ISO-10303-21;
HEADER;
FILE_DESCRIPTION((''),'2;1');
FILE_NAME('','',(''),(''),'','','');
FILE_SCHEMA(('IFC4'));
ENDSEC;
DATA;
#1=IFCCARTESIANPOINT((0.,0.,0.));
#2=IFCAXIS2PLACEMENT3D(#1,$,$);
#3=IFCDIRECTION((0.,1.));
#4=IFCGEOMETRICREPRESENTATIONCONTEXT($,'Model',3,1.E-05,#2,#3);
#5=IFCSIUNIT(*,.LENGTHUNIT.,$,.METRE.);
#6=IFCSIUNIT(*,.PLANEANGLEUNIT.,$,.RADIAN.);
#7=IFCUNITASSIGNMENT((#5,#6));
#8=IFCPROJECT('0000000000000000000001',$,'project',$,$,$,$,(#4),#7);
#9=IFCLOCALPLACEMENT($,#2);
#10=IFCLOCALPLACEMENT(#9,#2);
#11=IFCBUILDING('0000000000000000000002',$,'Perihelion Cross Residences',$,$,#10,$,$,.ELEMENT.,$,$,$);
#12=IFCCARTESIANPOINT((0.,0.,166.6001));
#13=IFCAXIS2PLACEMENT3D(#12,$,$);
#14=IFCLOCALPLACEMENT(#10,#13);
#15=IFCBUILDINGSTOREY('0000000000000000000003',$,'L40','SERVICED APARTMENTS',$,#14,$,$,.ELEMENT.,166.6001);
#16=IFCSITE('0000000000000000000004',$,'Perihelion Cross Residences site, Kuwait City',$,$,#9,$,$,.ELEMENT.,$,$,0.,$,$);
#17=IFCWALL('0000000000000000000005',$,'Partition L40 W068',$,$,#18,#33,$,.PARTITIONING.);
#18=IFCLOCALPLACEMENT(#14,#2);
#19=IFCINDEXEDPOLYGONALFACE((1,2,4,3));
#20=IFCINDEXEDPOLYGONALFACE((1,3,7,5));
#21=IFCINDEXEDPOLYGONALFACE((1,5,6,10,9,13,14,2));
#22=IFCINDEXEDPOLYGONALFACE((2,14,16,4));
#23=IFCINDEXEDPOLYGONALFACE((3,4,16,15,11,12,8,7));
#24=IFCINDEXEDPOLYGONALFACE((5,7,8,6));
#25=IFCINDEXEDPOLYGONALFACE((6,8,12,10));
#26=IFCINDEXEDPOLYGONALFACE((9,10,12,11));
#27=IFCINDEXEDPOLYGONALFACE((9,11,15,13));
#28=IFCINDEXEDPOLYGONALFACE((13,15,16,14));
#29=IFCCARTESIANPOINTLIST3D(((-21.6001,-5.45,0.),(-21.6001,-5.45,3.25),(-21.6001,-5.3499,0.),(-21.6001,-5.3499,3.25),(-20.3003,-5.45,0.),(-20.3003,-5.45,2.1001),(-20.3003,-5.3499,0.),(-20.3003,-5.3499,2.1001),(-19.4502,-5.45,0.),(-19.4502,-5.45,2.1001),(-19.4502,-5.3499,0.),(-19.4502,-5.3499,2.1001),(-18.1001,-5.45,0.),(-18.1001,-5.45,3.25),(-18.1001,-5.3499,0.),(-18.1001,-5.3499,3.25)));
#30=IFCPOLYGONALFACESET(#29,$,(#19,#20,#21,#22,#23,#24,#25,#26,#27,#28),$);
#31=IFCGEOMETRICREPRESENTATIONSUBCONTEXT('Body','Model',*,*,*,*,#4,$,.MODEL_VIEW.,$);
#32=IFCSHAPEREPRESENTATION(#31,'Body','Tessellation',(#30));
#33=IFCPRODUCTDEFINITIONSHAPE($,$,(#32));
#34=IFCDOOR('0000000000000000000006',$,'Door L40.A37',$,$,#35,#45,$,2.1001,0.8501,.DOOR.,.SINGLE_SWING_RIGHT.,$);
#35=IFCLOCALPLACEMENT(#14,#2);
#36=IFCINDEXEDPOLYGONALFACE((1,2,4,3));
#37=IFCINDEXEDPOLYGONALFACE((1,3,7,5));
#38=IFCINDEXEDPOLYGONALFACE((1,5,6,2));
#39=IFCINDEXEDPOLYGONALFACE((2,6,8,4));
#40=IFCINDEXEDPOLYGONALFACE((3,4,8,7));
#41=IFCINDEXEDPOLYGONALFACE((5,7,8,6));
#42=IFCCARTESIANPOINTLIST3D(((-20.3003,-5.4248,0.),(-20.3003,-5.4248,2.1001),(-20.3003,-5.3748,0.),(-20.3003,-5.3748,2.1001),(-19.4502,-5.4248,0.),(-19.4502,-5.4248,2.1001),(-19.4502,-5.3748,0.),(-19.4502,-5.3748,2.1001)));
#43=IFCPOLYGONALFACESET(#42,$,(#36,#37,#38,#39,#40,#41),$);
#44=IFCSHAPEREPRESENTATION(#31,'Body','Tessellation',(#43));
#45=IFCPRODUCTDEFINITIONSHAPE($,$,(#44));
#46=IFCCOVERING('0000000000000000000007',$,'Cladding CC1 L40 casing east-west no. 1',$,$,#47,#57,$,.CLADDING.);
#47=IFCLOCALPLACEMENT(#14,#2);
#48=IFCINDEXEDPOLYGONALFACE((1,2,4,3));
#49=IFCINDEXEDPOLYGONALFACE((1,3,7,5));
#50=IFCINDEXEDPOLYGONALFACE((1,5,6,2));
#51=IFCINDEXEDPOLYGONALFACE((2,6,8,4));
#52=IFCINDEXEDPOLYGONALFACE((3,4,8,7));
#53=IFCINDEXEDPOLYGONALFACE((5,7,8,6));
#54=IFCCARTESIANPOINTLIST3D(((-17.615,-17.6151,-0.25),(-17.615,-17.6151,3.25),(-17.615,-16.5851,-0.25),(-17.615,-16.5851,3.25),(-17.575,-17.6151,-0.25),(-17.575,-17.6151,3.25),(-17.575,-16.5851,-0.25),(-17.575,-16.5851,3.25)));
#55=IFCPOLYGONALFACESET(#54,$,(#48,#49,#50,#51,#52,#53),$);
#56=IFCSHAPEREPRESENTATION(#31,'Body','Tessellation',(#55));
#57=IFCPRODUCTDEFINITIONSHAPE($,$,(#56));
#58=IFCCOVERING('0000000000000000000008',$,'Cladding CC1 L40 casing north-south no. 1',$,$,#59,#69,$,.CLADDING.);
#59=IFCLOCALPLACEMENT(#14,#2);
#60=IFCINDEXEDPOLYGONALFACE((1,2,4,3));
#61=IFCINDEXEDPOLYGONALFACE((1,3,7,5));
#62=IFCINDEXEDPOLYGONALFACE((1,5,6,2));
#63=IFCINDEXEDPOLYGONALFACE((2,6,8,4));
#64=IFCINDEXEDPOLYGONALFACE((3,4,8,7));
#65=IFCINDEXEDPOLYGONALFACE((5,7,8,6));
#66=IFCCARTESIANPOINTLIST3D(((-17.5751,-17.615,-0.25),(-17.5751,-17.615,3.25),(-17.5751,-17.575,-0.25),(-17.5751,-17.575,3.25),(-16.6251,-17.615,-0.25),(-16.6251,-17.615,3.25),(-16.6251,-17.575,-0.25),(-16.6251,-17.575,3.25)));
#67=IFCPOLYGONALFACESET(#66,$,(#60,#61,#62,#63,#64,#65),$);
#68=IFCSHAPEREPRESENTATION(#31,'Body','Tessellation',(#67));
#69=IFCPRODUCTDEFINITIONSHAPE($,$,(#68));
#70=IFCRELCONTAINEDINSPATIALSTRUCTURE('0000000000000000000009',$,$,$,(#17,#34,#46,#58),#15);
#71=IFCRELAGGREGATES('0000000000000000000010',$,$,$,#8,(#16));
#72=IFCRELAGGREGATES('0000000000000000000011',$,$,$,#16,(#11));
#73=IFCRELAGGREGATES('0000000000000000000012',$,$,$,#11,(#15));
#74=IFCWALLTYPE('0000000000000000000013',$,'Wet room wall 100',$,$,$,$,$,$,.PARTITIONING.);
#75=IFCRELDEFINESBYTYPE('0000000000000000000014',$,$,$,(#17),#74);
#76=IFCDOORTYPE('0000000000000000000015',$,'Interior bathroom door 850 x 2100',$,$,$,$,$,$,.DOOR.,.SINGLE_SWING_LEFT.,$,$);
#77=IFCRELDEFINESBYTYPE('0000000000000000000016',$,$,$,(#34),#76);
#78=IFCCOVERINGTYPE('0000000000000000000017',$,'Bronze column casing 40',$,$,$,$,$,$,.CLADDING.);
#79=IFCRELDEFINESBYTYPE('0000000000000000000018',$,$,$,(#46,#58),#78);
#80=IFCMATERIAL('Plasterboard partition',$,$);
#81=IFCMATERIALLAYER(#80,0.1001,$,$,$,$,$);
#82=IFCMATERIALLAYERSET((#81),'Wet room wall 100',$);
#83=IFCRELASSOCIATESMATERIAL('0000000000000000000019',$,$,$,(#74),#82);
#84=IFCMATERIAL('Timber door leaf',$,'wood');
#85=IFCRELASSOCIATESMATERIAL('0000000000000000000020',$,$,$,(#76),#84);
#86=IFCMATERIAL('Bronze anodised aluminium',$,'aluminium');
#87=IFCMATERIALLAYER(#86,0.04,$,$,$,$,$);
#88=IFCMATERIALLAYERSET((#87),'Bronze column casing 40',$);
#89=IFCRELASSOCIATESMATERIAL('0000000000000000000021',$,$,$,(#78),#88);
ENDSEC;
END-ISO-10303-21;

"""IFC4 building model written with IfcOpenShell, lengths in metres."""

from ifc_helpers import new_model, si_unit, direction, frame, frame_2d, origin, origin_2d, place, context, subcontext, project, spatial, rectangle, extrude, material, layer, layer_set, type_object, element, fill, save


model = new_model("IFC4")

# Units and contexts
model_context = context("Model", 3, precision=1e-05, world=origin(), true_north=direction((0.0, 1.0)))
body_context = subcontext(model_context, "Body", "Model", "MODEL_VIEW")
ifc_project = project(units=[si_unit("LENGTHUNIT", "METRE"), si_unit("PLANEANGLEUNIT", "RADIAN")], contexts=[model_context])

# Site, building, storey
site_placement = place(None, origin())
site = spatial("IfcSite", under=ifc_project, at=site_placement, Name="Perihelion Cross Residences site, Kuwait City", CompositionType="ELEMENT", RefElevation=0.0)
building_placement = place(site_placement, origin())
building = spatial("IfcBuilding", under=site, at=building_placement, Name="Perihelion Cross Residences", CompositionType="ELEMENT")
storey_placement = place(building_placement, frame((0.0, 0.0, 166.6001)))
storey = spatial("IfcBuildingStorey", under=building, at=storey_placement, Name="L40", Description="SERVICED APARTMENTS", CompositionType="ELEMENT", Elevation=166.6001)

# Shared definitions
ifc_material_1 = material(Name="Plasterboard partition")
ifc_layer_1 = layer(ifc_material_1, 0.1001)
ifc_layer_set_1 = layer_set([ifc_layer_1], Name="Wet room wall 100")
wall_type_1 = type_object("IfcWallType", Name="Wet room wall 100", PredefinedType="PARTITIONING", material=ifc_layer_set_1)

# Wall, opening, door
wall_1_placement = place(storey_placement, frame((-18.1001, -5.3999, 0.0), z_axis=(0.0, 0.0, 1.0), x_axis=(-1.0, 0.0, 0.0)))
wall_1 = element("IfcWall", 1, at=wall_1_placement, inside=storey, type_object=wall_type_1, Name="Partition L40 W068", PredefinedType="PARTITIONING", context=body_context, shape_type="SweptSolid", body=[
    extrude(rectangle(XDim=3.5, YDim=0.1001, at=frame_2d((1.75, 0.0))), origin(), (0.0, 0.0, 1.0), 3.25),
])
opening_1_placement = place(wall_1_placement, frame((1.3501, 0.0, 0.0)))
opening_1 = element("IfcOpeningElement", 2, at=opening_1_placement, cuts=wall_1, PredefinedType="OPENING", context=body_context, shape_type="SweptSolid", body=[
    extrude(rectangle(XDim=0.8501, YDim=2.1001, at=frame_2d((0.425, 1.05))), frame((0.0, 0.0601, 0.0), z_axis=(0.0, -1.0, 0.0), x_axis=(1.0, 0.0, 0.0)), (0.0, 0.0, 1.0), 0.1201),
])
ifc_material_2 = material(Name="Timber door leaf", Category="wood")
door_type_1 = type_object("IfcDoorType", Name="Interior bathroom door 850 x 2100", OperationType="SINGLE_SWING_LEFT", PredefinedType="DOOR", material=ifc_material_2)
door_1_placement = place(opening_1_placement, origin())
door_1 = element("IfcDoor", 3, at=door_1_placement, inside=storey, type_object=door_type_1, Name="Door L40.A37", OperationType="SINGLE_SWING_RIGHT", OverallHeight=2.1001, OverallWidth=0.8501, PredefinedType="DOOR", context=body_context, shape_type="SweptSolid", body=[
    extrude(rectangle(XDim=0.8501, YDim=2.1001, at=frame_2d((0.425, 1.05))), frame((0.0, 0.0249, 0.0), z_axis=(0.0, -1.0, 0.0), x_axis=(1.0, 0.0, 0.0)), (0.0, 0.0, 1.0), 0.05),
])
fill(opening_1, door_1)

# Coverings
ifc_material_3 = material(Name="Bronze anodised aluminium", Category="aluminium")
ifc_layer_2 = layer(ifc_material_3, 0.04)
ifc_layer_set_2 = layer_set([ifc_layer_2], Name="Bronze column casing 40")
covering_type = type_object("IfcCoveringType", Name="Bronze column casing 40", PredefinedType="CLADDING", material=ifc_layer_set_2)
covering_1_placement = place(storey_placement, frame((-17.595, -17.1001, -0.25), z_axis=(0.0, 0.0, 1.0), x_axis=(1.0, 0.0, 0.0)))
element("IfcCovering", 4, at=covering_1_placement, inside=storey, type_object=covering_type, Name="Cladding CC1 L40 casing east-west no. 1", PredefinedType="CLADDING", context=body_context, shape_type="SweptSolid", body=[
    extrude(rectangle(XDim=0.04, YDim=1.03, at=origin_2d()), origin(), (0.0, 0.0, 1.0), 3.5),
])
covering_2_placement = place(storey_placement, frame((-17.1001, -17.595, -0.25), z_axis=(0.0, 0.0, 1.0), x_axis=(1.0, 0.0, 0.0)))
element("IfcCovering", 5, at=covering_2_placement, inside=storey, type_object=covering_type, Name="Cladding CC1 L40 casing north-south no. 1", PredefinedType="CLADDING", context=body_context, shape_type="SweptSolid", body=[
    extrude(rectangle(XDim=0.95, YDim=0.04, at=origin_2d()), origin(), (0.0, 0.0, 1.0), 3.5),
])

save(model, "model.ifc")
